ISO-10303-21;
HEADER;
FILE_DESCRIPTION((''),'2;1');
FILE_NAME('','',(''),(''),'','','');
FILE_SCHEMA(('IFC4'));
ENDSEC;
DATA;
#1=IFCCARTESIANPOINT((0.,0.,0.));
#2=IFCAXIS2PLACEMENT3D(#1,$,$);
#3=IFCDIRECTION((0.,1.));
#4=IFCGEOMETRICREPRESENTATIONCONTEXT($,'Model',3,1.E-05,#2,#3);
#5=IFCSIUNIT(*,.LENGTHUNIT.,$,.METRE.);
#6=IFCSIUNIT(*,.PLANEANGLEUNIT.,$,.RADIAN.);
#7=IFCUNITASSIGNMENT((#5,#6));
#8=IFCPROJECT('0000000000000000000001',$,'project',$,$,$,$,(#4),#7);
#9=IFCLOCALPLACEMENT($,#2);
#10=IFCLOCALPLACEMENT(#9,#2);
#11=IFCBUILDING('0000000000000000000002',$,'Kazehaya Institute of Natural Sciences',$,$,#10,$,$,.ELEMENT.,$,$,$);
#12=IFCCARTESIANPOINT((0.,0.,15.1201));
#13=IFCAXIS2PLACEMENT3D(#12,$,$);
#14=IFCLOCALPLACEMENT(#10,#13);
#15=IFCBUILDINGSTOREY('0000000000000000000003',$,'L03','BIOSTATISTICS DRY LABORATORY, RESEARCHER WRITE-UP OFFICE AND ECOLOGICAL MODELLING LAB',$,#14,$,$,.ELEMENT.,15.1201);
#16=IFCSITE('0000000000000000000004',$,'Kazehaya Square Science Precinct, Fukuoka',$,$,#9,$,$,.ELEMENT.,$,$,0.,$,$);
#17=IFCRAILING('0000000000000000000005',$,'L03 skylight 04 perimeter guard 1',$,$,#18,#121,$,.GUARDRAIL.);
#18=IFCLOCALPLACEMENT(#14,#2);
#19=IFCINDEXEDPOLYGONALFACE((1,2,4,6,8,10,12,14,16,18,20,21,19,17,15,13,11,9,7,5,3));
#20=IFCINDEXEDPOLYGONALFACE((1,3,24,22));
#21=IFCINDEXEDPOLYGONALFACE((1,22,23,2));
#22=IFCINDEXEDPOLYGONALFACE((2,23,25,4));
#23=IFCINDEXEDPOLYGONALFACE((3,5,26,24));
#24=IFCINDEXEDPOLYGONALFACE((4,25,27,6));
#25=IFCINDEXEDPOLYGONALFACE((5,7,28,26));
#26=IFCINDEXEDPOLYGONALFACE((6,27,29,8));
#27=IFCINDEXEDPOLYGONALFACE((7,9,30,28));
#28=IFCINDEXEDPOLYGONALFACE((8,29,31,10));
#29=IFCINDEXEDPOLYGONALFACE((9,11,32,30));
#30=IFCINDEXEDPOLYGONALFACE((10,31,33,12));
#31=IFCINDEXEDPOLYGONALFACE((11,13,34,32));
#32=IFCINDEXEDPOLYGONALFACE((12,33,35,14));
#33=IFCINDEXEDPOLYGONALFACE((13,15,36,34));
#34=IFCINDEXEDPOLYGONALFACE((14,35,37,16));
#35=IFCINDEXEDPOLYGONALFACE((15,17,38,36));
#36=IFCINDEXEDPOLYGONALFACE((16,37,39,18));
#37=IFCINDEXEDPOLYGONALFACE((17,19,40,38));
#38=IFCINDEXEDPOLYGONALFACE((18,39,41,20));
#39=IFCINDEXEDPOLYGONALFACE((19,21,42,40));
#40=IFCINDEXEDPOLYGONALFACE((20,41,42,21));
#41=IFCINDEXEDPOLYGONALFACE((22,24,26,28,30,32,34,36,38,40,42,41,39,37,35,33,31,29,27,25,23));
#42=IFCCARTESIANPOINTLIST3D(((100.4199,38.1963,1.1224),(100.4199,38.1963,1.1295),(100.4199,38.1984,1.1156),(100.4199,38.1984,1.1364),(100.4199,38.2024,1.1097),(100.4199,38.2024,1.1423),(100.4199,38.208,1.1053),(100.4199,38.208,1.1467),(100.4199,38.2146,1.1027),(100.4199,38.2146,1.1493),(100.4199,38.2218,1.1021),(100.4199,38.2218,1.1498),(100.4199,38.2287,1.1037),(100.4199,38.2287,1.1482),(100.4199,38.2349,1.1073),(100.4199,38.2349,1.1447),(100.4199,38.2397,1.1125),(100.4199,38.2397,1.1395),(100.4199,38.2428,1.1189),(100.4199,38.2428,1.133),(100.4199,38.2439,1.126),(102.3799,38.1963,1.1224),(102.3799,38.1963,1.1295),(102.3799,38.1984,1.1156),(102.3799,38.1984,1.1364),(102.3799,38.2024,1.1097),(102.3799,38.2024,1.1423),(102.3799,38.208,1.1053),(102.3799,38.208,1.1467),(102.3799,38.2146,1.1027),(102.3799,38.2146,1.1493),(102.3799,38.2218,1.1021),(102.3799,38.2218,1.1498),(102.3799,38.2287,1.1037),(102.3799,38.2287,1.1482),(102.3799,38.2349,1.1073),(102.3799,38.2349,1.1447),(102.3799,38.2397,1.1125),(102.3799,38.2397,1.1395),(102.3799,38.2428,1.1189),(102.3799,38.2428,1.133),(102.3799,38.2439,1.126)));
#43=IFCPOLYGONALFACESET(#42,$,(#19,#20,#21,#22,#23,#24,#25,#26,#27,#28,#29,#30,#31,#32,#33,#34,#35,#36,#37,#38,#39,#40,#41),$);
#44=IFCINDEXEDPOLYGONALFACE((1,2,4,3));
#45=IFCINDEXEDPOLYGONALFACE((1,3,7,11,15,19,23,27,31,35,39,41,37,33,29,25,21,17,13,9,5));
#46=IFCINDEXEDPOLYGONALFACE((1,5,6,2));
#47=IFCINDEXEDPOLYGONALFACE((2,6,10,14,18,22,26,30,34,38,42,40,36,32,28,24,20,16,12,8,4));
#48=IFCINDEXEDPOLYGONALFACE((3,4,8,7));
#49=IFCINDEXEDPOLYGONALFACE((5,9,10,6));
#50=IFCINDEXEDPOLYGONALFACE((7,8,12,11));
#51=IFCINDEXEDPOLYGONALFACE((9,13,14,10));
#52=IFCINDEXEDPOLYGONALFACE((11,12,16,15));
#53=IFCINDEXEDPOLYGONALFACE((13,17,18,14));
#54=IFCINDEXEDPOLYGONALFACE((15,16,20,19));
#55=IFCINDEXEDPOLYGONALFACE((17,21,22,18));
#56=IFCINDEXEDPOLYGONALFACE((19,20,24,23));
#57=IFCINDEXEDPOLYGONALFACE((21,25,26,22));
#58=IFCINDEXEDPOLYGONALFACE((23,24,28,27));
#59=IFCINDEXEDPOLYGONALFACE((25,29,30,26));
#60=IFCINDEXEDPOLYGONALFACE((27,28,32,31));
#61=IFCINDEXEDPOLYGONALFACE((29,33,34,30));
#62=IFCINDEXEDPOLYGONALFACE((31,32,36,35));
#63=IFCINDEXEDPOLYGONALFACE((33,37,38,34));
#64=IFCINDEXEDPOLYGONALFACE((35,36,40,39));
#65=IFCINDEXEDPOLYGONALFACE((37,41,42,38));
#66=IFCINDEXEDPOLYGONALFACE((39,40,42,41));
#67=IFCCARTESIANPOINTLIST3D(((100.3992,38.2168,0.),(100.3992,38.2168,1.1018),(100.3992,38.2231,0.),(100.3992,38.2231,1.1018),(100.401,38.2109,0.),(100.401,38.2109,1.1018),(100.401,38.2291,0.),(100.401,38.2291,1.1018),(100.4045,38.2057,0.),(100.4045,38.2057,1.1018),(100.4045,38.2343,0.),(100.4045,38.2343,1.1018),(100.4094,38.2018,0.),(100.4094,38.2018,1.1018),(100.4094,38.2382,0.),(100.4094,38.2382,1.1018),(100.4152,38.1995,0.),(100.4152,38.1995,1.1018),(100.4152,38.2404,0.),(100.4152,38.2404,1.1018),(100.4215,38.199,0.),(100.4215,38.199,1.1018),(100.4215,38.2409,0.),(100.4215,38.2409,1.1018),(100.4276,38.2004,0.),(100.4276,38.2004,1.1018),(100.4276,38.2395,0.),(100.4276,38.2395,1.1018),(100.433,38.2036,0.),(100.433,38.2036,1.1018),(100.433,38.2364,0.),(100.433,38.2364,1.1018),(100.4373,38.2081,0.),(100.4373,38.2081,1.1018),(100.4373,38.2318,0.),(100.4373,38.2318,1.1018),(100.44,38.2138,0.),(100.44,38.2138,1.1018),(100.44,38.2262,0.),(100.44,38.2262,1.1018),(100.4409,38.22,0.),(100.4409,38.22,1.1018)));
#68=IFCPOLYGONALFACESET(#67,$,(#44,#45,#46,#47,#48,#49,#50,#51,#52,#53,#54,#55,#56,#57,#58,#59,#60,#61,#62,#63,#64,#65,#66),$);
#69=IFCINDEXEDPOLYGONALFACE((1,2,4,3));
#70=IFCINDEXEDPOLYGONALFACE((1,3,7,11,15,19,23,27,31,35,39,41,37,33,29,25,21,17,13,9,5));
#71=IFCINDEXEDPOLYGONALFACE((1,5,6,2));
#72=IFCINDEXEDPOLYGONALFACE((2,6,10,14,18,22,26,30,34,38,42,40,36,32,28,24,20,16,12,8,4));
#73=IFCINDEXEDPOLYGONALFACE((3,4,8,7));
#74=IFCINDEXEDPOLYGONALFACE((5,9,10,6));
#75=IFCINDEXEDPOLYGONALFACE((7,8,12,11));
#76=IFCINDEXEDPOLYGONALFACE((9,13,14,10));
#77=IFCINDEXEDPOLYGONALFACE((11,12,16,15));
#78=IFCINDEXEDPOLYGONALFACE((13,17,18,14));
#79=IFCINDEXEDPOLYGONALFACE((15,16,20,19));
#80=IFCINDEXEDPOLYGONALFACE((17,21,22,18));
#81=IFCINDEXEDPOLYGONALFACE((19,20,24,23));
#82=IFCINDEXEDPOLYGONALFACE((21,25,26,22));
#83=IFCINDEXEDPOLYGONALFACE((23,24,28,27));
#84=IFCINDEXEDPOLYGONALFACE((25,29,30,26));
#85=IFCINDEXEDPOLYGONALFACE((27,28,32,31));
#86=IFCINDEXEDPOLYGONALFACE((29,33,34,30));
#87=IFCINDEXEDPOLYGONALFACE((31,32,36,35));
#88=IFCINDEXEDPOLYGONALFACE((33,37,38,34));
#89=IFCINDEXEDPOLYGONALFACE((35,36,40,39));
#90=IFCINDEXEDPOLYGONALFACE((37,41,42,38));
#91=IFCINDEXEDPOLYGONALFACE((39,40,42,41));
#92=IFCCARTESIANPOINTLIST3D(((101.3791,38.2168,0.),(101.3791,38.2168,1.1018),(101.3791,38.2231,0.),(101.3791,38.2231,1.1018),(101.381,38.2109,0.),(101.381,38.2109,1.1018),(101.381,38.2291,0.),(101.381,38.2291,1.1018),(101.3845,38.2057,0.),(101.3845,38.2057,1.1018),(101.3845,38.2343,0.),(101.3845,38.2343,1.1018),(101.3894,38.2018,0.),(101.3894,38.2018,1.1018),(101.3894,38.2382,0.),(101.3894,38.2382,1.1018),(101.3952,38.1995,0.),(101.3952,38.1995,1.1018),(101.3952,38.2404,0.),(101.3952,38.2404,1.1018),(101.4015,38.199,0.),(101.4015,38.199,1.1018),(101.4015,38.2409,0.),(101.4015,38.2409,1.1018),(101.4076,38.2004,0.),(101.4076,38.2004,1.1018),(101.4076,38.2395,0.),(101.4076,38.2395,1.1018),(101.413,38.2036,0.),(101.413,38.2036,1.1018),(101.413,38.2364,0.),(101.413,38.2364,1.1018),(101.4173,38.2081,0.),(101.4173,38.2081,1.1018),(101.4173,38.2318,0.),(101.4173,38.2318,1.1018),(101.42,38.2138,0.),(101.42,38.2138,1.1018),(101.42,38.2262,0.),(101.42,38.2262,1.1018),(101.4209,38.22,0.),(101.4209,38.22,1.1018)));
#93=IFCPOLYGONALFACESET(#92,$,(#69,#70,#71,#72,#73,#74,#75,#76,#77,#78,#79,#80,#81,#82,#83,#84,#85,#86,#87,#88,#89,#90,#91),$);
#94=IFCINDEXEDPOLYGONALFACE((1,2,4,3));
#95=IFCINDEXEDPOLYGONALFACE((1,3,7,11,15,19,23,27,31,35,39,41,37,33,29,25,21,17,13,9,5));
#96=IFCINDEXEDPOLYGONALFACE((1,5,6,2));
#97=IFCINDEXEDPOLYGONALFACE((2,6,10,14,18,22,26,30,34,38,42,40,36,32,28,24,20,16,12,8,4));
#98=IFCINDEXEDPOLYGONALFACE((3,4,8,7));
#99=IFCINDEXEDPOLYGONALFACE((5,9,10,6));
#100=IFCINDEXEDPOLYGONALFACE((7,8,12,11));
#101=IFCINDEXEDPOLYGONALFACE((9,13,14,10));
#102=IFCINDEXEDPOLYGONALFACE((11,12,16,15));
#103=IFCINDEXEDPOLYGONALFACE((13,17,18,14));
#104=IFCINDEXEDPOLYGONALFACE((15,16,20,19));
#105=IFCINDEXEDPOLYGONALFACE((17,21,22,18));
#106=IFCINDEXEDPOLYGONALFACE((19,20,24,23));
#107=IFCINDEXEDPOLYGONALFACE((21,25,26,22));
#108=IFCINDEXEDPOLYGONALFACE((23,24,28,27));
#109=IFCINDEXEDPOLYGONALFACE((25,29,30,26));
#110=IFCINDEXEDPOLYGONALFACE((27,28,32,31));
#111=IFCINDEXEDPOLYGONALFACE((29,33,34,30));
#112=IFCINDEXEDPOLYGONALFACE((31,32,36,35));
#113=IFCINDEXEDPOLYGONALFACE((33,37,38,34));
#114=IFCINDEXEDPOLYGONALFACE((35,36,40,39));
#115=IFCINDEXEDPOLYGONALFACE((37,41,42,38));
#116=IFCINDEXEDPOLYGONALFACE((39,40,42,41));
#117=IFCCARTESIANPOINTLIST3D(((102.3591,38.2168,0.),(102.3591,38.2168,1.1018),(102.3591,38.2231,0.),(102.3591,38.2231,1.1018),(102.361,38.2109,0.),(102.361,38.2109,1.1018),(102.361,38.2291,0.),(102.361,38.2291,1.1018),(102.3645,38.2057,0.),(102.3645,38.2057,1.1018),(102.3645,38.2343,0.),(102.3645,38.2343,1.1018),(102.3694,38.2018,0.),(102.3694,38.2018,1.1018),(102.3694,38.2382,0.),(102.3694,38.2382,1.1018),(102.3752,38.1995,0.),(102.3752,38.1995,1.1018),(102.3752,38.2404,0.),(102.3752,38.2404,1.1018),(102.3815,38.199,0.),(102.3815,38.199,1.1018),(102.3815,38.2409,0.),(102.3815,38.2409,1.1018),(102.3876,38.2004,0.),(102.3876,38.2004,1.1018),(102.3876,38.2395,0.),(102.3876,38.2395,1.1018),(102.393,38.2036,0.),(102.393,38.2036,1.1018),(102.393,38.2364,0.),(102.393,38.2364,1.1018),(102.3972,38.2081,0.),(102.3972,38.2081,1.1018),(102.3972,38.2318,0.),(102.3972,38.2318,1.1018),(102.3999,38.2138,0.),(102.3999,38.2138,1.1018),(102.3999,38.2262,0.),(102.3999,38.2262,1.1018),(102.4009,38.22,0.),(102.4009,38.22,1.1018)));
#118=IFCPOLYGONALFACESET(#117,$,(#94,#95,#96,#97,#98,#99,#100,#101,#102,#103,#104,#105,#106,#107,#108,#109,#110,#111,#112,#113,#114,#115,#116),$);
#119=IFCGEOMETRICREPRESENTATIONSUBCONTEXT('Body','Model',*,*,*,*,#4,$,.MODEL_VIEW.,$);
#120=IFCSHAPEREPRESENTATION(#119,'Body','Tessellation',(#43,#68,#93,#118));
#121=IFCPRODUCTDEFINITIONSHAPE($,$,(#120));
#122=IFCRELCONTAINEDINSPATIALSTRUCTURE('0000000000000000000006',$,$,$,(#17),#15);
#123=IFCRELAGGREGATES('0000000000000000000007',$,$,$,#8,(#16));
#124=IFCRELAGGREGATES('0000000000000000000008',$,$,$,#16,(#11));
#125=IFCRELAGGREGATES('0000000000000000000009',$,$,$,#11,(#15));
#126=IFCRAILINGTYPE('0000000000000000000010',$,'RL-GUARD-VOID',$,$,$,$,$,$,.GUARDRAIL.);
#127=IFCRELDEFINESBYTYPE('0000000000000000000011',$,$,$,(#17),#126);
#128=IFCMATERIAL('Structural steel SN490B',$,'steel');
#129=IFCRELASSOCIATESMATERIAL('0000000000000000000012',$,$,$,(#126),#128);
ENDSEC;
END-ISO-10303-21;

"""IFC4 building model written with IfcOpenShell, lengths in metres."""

from ifc_helpers import new_model, si_unit, direction, frame, origin, origin_2d, place, context, subcontext, project, spatial, circle, extrude, material, type_object, element, save


model = new_model("IFC4")

# Units and contexts
model_context = context("Model", 3, precision=1e-05, world=origin(), true_north=direction((0.0, 1.0)))
body_context = subcontext(model_context, "Body", "Model", "MODEL_VIEW")
ifc_project = project(units=[si_unit("LENGTHUNIT", "METRE"), si_unit("PLANEANGLEUNIT", "RADIAN")], contexts=[model_context])

# Site, building, storey
site_placement = place(None, origin())
site = spatial("IfcSite", under=ifc_project, at=site_placement, Name="Kazehaya Square Science Precinct, Fukuoka", CompositionType="ELEMENT", RefElevation=0.0)
building_placement = place(site_placement, origin())
building = spatial("IfcBuilding", under=site, at=building_placement, Name="Kazehaya Institute of Natural Sciences", CompositionType="ELEMENT")
storey_placement = place(building_placement, frame((0.0, 0.0, 15.1201)))
storey = spatial("IfcBuildingStorey", under=building, at=storey_placement, Name="L03", Description="BIOSTATISTICS DRY LABORATORY, RESEARCHER WRITE-UP OFFICE AND ECOLOGICAL MODELLING LAB", CompositionType="ELEMENT", Elevation=15.1201)

# Railing
ifc_material_1 = material(Name="Structural steel SN490B", Category="steel")
railing_type = type_object("IfcRailingType", Name="RL-GUARD-VOID", PredefinedType="GUARDRAIL", material=ifc_material_1)
railing_1_placement = place(storey_placement, frame((100.4199, 38.22, 0.0)))
element("IfcRailing", 1, at=railing_1_placement, inside=storey, type_object=railing_type, Name="L03 skylight 04 perimeter guard 1", PredefinedType="GUARDRAIL", context=body_context, shape_type="SweptSolid", body=[
    extrude(circle(Radius=0.0239, at=origin_2d()), frame((0.0, 0.0, 1.126), z_axis=(1.0, 0.0, 0.0), x_axis=(0.0, 1.0, 0.0)), (0.0, 0.0, 1.0), 1.96),
    extrude(circle(Radius=0.021, at=origin_2d()), origin(), (0.0, 0.0, 1.0), 1.1018),
    extrude(circle(Radius=0.021, at=origin_2d()), frame((0.98, 0.0, 0.0)), (0.0, 0.0, 1.0), 1.1018),
    extrude(circle(Radius=0.021, at=origin_2d()), frame((1.96, 0.0, 0.0)), (0.0, 0.0, 1.0), 1.1018),
])

save(model, "model.ifc")
